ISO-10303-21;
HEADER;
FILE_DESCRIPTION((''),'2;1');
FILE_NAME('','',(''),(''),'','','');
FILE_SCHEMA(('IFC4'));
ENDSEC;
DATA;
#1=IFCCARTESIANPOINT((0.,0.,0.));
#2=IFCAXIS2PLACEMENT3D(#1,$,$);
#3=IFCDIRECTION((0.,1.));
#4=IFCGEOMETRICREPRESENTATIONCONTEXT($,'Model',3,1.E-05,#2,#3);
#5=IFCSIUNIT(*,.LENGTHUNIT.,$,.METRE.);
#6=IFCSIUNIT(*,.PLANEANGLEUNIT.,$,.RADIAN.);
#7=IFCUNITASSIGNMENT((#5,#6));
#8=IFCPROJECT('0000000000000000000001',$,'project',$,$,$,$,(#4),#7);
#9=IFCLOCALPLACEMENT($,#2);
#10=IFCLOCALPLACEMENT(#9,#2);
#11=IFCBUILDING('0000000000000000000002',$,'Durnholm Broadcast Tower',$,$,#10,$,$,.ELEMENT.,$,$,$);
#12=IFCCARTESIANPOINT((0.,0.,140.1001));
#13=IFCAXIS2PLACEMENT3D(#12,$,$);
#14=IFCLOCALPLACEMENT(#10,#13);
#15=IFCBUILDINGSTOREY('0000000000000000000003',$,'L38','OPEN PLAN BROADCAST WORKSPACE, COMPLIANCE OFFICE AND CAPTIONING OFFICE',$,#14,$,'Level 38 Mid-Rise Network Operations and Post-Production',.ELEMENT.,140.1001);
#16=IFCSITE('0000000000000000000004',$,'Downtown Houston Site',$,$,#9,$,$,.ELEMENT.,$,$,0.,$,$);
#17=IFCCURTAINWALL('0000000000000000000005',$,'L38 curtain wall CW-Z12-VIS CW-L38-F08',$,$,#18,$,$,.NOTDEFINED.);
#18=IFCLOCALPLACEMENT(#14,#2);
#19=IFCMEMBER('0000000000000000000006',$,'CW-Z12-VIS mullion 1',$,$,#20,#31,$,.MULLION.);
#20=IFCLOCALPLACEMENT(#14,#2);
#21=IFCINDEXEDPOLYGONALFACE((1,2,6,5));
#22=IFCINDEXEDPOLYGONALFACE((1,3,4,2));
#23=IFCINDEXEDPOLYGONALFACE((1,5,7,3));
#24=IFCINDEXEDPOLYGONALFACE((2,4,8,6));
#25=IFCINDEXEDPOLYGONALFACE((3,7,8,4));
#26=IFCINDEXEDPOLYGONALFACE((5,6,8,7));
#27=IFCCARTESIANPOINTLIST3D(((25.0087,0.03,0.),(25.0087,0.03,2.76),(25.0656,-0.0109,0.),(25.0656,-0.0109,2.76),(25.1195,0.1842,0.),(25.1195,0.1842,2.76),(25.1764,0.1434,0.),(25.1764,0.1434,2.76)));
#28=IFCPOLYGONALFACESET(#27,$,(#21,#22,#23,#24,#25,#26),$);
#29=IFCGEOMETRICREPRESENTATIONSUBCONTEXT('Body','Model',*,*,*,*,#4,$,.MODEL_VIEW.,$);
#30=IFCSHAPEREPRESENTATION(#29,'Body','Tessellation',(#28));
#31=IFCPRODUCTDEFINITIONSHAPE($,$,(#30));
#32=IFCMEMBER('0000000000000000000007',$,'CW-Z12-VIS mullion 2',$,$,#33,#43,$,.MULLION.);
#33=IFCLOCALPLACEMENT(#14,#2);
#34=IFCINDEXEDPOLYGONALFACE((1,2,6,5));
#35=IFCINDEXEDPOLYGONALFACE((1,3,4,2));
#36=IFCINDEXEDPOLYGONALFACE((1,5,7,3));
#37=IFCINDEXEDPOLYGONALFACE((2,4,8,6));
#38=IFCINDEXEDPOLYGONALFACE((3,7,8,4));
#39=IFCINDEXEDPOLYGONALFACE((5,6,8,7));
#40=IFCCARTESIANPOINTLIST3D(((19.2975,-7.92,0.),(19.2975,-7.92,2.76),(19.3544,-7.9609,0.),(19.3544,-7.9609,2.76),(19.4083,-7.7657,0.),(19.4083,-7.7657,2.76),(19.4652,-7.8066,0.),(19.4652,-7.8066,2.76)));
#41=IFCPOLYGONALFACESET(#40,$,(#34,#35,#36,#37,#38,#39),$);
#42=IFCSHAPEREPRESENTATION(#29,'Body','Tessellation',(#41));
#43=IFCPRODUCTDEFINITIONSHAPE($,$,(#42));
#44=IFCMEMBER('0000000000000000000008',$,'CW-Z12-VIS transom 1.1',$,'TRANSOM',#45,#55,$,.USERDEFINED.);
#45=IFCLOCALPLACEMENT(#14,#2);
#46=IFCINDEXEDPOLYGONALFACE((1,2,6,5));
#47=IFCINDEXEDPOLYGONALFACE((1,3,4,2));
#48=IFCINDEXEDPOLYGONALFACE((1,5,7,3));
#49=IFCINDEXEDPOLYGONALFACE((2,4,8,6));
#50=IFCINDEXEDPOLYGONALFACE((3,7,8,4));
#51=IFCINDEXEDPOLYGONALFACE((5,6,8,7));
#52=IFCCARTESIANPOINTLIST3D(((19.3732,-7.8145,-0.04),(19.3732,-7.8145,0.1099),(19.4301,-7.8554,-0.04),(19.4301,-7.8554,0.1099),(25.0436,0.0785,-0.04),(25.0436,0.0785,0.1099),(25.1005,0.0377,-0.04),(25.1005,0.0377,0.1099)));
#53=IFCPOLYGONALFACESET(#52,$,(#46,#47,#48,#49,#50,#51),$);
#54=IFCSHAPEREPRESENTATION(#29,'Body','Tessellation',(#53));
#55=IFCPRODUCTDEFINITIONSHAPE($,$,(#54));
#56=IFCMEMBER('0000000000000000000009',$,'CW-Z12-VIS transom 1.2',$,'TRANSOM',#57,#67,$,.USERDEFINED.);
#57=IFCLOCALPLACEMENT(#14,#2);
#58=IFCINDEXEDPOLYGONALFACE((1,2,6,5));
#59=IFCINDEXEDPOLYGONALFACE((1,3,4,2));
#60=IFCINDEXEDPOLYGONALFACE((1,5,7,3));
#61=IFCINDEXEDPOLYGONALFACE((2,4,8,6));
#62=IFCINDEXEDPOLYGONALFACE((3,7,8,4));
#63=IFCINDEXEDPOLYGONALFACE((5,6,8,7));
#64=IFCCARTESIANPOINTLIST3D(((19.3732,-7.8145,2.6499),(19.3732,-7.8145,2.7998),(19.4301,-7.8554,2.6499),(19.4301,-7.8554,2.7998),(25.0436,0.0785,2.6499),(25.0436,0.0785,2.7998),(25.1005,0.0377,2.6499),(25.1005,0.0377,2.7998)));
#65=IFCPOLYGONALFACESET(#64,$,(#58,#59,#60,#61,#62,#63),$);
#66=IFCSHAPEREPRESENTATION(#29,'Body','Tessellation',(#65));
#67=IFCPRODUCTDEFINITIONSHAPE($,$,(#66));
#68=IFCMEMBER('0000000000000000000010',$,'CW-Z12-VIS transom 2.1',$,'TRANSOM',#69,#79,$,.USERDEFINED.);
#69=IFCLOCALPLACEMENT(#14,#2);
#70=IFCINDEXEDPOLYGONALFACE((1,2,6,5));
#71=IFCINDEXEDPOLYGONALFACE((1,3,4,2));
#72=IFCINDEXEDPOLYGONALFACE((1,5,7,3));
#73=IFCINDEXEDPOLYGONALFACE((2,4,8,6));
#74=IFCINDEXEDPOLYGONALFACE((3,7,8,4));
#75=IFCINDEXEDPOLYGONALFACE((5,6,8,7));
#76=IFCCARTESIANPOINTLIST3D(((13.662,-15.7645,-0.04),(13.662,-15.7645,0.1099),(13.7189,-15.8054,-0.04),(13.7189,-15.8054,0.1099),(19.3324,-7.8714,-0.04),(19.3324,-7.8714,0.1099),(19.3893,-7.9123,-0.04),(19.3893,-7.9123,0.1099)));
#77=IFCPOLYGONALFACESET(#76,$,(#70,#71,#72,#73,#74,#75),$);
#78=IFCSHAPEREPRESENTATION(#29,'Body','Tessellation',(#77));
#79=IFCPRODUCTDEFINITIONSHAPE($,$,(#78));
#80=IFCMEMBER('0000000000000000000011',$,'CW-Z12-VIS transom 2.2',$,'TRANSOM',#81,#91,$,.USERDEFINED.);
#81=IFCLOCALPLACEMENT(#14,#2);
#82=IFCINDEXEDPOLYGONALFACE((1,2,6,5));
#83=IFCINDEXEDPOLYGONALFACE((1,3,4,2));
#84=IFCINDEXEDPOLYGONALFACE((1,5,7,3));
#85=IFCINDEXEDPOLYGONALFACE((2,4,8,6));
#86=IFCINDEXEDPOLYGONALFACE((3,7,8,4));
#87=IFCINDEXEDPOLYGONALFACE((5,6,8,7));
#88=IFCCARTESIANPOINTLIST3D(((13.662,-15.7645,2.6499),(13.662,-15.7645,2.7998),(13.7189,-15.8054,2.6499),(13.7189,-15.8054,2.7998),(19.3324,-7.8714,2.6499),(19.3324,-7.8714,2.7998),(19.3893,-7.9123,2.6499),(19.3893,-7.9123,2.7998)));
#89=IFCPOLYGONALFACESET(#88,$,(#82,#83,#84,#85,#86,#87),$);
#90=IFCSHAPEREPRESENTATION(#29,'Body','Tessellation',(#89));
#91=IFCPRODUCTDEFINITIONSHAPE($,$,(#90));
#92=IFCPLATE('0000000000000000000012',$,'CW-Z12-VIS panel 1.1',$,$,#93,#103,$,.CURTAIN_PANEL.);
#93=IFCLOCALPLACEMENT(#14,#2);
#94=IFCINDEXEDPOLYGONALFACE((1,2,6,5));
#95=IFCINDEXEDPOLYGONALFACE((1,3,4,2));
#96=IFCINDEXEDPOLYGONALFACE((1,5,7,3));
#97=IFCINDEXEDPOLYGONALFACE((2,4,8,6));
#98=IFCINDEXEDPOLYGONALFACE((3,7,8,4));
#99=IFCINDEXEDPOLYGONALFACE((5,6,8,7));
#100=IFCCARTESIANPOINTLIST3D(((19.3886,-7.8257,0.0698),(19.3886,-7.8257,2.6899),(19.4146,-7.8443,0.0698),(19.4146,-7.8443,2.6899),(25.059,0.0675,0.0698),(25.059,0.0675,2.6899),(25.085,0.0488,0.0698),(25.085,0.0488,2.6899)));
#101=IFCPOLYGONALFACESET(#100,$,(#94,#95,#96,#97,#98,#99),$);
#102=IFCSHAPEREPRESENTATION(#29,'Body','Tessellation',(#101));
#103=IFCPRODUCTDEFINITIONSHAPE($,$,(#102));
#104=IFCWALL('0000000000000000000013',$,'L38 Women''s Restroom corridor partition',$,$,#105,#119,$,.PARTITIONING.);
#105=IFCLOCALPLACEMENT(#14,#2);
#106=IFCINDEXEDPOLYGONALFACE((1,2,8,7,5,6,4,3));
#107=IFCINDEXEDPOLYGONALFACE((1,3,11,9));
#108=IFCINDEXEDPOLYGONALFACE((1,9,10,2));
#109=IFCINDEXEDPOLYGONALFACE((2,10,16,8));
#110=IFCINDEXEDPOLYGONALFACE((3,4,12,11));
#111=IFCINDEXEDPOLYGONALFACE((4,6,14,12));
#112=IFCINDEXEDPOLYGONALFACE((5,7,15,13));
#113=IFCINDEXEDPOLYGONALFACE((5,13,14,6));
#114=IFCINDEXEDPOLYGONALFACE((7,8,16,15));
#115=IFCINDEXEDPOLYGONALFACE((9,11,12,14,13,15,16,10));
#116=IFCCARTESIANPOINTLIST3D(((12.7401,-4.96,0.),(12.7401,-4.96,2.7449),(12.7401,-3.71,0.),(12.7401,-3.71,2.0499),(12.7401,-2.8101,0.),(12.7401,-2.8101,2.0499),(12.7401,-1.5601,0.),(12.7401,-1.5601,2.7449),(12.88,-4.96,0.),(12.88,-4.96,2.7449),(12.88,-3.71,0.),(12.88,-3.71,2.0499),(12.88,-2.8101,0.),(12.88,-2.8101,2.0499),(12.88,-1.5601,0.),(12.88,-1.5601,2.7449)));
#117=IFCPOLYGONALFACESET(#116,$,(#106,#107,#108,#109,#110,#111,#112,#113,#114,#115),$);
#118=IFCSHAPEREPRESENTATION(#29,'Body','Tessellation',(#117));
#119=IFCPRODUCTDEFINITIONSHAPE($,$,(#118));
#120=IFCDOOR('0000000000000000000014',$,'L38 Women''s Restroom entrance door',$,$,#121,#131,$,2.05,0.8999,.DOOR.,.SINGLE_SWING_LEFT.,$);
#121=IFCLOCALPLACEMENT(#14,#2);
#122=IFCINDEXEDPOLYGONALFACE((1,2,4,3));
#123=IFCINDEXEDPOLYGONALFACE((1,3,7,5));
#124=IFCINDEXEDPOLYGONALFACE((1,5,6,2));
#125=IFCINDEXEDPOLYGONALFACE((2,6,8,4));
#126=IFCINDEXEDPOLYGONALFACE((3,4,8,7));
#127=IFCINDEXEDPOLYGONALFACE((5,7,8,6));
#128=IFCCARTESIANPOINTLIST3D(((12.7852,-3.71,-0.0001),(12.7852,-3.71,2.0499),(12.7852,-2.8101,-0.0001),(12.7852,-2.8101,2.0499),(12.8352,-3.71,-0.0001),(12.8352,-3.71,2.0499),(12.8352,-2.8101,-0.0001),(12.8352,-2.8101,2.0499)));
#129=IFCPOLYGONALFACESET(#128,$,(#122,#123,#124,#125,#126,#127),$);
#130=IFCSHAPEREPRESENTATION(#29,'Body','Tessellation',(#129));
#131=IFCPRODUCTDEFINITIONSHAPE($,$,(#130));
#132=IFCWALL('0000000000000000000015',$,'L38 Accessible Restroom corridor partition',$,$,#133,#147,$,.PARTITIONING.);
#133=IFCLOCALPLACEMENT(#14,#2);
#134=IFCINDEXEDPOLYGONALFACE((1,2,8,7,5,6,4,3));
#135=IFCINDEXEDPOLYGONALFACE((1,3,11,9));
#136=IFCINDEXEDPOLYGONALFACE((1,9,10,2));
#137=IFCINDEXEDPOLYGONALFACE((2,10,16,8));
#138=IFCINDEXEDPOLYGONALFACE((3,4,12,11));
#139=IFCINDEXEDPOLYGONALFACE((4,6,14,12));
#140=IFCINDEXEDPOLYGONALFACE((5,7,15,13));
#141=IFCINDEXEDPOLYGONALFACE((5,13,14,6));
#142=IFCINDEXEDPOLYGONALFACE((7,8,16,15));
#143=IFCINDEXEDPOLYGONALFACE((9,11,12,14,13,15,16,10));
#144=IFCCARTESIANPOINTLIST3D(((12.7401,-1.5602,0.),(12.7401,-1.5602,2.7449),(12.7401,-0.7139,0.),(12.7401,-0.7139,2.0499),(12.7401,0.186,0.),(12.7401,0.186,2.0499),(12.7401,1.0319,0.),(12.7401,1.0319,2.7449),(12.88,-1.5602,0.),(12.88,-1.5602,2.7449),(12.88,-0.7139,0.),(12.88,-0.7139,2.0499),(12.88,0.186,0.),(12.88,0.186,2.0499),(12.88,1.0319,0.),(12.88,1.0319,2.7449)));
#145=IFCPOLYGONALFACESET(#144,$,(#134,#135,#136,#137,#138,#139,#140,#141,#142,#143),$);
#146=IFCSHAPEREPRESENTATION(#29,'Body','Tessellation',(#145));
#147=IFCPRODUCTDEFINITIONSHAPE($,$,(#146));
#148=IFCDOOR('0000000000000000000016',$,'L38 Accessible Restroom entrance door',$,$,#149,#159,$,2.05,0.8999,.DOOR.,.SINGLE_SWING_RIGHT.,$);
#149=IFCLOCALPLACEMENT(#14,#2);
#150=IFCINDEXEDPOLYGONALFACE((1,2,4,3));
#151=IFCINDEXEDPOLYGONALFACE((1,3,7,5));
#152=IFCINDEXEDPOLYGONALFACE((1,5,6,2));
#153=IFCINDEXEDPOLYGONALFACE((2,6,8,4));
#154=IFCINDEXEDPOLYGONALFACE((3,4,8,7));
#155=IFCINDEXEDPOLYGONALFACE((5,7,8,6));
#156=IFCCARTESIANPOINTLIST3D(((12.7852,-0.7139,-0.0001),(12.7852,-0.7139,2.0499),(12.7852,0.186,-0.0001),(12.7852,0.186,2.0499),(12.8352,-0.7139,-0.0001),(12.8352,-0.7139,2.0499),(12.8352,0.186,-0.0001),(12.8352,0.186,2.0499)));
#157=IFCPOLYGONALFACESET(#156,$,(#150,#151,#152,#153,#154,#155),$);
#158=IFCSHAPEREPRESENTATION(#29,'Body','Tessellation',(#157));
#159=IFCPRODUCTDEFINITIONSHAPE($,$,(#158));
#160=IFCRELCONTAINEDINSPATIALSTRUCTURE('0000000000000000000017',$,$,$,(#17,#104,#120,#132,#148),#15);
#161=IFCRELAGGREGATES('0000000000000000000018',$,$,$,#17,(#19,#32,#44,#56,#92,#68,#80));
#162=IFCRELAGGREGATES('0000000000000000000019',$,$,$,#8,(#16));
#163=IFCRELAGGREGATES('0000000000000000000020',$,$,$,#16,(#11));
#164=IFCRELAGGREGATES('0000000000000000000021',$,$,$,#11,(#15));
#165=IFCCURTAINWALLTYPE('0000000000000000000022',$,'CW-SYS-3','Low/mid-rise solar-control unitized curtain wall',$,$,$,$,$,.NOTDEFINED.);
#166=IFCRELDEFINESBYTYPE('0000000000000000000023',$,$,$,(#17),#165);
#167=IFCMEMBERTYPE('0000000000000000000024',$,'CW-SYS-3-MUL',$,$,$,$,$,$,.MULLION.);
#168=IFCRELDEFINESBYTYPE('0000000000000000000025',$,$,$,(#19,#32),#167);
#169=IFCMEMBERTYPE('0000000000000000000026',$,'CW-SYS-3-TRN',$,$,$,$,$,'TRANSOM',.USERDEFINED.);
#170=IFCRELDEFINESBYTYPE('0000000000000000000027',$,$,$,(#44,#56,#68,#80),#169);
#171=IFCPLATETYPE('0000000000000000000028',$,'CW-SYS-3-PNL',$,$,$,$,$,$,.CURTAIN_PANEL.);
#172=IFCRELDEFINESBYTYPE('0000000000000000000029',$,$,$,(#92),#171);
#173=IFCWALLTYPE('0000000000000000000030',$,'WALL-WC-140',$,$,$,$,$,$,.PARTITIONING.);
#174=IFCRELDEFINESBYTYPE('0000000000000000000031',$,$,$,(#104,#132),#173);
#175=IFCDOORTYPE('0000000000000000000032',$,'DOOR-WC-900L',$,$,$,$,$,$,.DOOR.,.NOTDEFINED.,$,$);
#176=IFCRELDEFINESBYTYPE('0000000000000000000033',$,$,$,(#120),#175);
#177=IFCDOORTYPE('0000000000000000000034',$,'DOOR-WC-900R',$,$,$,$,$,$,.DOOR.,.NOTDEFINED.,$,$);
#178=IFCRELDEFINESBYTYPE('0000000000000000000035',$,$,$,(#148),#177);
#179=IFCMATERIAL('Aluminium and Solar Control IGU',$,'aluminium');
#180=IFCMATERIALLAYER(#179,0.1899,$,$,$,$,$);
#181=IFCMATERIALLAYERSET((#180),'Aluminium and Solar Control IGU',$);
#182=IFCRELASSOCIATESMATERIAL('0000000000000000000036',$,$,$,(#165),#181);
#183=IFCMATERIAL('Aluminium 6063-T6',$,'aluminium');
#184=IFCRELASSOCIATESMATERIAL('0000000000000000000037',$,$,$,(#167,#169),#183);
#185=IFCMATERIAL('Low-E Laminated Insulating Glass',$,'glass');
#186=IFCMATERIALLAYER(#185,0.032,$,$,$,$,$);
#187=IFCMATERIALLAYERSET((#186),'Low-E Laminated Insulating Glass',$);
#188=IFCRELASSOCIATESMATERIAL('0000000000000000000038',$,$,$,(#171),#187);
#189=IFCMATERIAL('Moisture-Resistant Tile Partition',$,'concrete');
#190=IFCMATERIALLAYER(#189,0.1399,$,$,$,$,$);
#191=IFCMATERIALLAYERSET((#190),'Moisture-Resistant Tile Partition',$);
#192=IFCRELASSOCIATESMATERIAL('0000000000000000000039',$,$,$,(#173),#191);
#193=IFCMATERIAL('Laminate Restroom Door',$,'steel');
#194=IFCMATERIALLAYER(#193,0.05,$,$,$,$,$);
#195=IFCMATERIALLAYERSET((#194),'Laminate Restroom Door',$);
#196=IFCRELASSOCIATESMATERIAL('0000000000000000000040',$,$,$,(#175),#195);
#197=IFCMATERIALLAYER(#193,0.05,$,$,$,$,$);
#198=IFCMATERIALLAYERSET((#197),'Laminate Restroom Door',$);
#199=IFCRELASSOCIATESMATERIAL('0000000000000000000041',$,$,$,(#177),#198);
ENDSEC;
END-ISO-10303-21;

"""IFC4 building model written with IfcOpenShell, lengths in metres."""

from ifc_helpers import new_model, si_unit, direction, frame, frame_2d, origin, origin_2d, place, context, subcontext, project, spatial, rectangle, extrude, source, transform, mapped, material, layer, layer_set, material_profile, profile_set, type_object, type_shapes, element, fill, aggregate, save


model = new_model("IFC4")

# Units and contexts
model_context = context("Model", 3, precision=1e-05, world=origin(), true_north=direction((0.0, 1.0)))
body_context = subcontext(model_context, "Body", "Model", "MODEL_VIEW")
ifc_project = project(units=[si_unit("LENGTHUNIT", "METRE"), si_unit("PLANEANGLEUNIT", "RADIAN")], contexts=[model_context])

# Site, building, storey
site_placement = place(None, origin())
site = spatial("IfcSite", under=ifc_project, at=site_placement, Name="Downtown Houston Site", CompositionType="ELEMENT", RefElevation=0.0)
building_placement = place(site_placement, origin())
building = spatial("IfcBuilding", under=site, at=building_placement, Name="Durnholm Broadcast Tower", CompositionType="ELEMENT")
storey_placement = place(building_placement, frame((0.0, 0.0, 140.1001)))
storey = spatial("IfcBuildingStorey", under=building, at=storey_placement, Name="L38", Description="OPEN PLAN BROADCAST WORKSPACE, COMPLIANCE OFFICE AND CAPTIONING OFFICE", LongName="Level 38 Mid-Rise Network Operations and Post-Production", CompositionType="ELEMENT", Elevation=140.1001)

# Shared definitions
ifc_material_1 = material(Name="Aluminium and Solar Control IGU", Category="aluminium")
ifc_material_2 = material(Name="Aluminium 6063-T6", Category="aluminium")

# Curtain wall, members, plate
ifc_layer_1 = layer(ifc_material_1, 0.1899)
ifc_layer_set_1 = layer_set([ifc_layer_1], Name="Aluminium and Solar Control IGU")
curtain_wall_type_1 = type_object("IfcCurtainWallType", Name="CW-SYS-3", Description="Low/mid-rise solar-control unitized curtain wall", PredefinedType="NOTDEFINED", material=ifc_layer_set_1)
curtain_wall_1_placement = place(storey_placement, origin())
curtain_wall_1 = element("IfcCurtainWall", 1, at=curtain_wall_1_placement, inside=storey, type_object=curtain_wall_type_1, Name="L38 curtain wall CW-Z12-VIS CW-L38-F08", PredefinedType="NOTDEFINED")
ifc_material_profile_1 = material_profile(ifc_material_2, rectangle(XDim=0.0701, YDim=0.1899, at=origin_2d()), Name="CWM70X190")
ifc_profile_set_1 = profile_set([ifc_material_profile_1], Name="Aluminium 6063-T6")
member_type_1 = type_object("IfcMemberType", Name="CW-SYS-3-MUL", PredefinedType="MULLION", material=ifc_profile_set_1)
shared_shape_1 = source(origin(), body_context, "Body", "SweptSolid", [
    extrude(rectangle(XDim=0.0701, YDim=0.1899, at=origin_2d()), origin(), (0.0, 0.0, 1.0), 2.76),
])
type_shapes(member_type_1, [shared_shape_1])
member_1_placement = place(storey_placement, frame((25.0925, 0.0867, 0.0), z_axis=(0.0, 0.0, 1.0), x_axis=(0.812152, -0.583445, 0.0)))
member_1 = element("IfcMember", 2, at=member_1_placement, type_object=member_type_1, Name="CW-Z12-VIS mullion 1", PredefinedType="MULLION", context=body_context, shape_type="MappedRepresentation", body=[
    mapped(shared_shape_1, transform((0.0, 0.0, 0.0), x_axis=(1.0, 0.0, 0.0), y_axis=(0.0, 1.0, 0.0), z_axis=(0.0, 0.0, 1.0), scale=1.0)),
])
member_2_placement = place(storey_placement, frame((19.3813, -7.8633, 0.0), z_axis=(0.0, 0.0, 1.0), x_axis=(0.812152, -0.583445, 0.0)))
member_2 = element("IfcMember", 3, at=member_2_placement, type_object=member_type_1, Name="CW-Z12-VIS mullion 2", PredefinedType="MULLION", context=body_context, shape_type="MappedRepresentation", body=[
    mapped(shared_shape_1, transform((0.0, 0.0, 0.0), x_axis=(1.0, 0.0, 0.0), y_axis=(0.0, 1.0, 0.0), z_axis=(0.0, 0.0, 1.0), scale=1.0)),
])
ifc_material_profile_2 = material_profile(ifc_material_2, rectangle(XDim=0.0701, YDim=0.1499, at=origin_2d()), Name="CWT70X150")
ifc_profile_set_2 = profile_set([ifc_material_profile_2], Name="Aluminium 6063-T6")
member_type_2 = type_object("IfcMemberType", Name="CW-SYS-3-TRN", ElementType="TRANSOM", PredefinedType="USERDEFINED", material=ifc_profile_set_2)
shared_shape_2 = source(origin(), body_context, "Body", "SweptSolid", [
    extrude(rectangle(XDim=0.0701, YDim=0.1499, at=origin_2d()), origin(), (0.0, 0.0, 1.0), 9.7188),
])
type_shapes(member_type_2, [shared_shape_2])
member_3_placement = place(storey_placement, frame((25.072, 0.0581, 0.0349), z_axis=(-0.583451, -0.812149, 0.0), x_axis=(0.812149, -0.583451, 0.0)))
member_3 = element("IfcMember", 4, at=member_3_placement, type_object=member_type_2, Name="CW-Z12-VIS transom 1.1", ObjectType="TRANSOM", PredefinedType="USERDEFINED", context=body_context, shape_type="MappedRepresentation", body=[
    mapped(shared_shape_2, transform((0.0, 0.0, 0.0), x_axis=(1.0, 0.0, 0.0), y_axis=(0.0, 1.0, 0.0), z_axis=(0.0, 0.0, 1.0), scale=1.0)),
])
member_4_placement = place(storey_placement, frame((25.072, 0.0581, 2.7249), z_axis=(-0.583451, -0.812149, 0.0), x_axis=(0.812149, -0.583451, 0.0)))
member_4 = element("IfcMember", 5, at=member_4_placement, type_object=member_type_2, Name="CW-Z12-VIS transom 1.2", ObjectType="TRANSOM", PredefinedType="USERDEFINED", context=body_context, shape_type="MappedRepresentation", body=[
    mapped(shared_shape_2, transform((0.0, 0.0, 0.0), x_axis=(1.0, 0.0, 0.0), y_axis=(0.0, 1.0, 0.0), z_axis=(0.0, 0.0, 1.0), scale=1.0)),
])
member_5_placement = place(storey_placement, frame((19.3608, -7.8918, 0.0349), z_axis=(-0.583451, -0.812149, 0.0), x_axis=(0.812149, -0.583451, 0.0)))
member_5 = element("IfcMember", 6, at=member_5_placement, type_object=member_type_2, Name="CW-Z12-VIS transom 2.1", ObjectType="TRANSOM", PredefinedType="USERDEFINED", context=body_context, shape_type="MappedRepresentation", body=[
    mapped(shared_shape_2, transform((0.0, 0.0, 0.0), x_axis=(1.0, 0.0, 0.0), y_axis=(0.0, 1.0, 0.0), z_axis=(0.0, 0.0, 1.0), scale=1.0)),
])
member_6_placement = place(storey_placement, frame((19.3608, -7.8918, 2.7249), z_axis=(-0.583451, -0.812149, 0.0), x_axis=(0.812149, -0.583451, 0.0)))
member_6 = element("IfcMember", 7, at=member_6_placement, type_object=member_type_2, Name="CW-Z12-VIS transom 2.2", ObjectType="TRANSOM", PredefinedType="USERDEFINED", context=body_context, shape_type="MappedRepresentation", body=[
    mapped(shared_shape_2, transform((0.0, 0.0, 0.0), x_axis=(1.0, 0.0, 0.0), y_axis=(0.0, 1.0, 0.0), z_axis=(0.0, 0.0, 1.0), scale=1.0)),
])
ifc_material_3 = material(Name="Low-E Laminated Insulating Glass", Category="glass")
ifc_layer_2 = layer(ifc_material_3, 0.032)
ifc_layer_set_2 = layer_set([ifc_layer_2], Name="Low-E Laminated Insulating Glass")
plate_type = type_object("IfcPlateType", Name="CW-SYS-3-PNL", PredefinedType="CURTAIN_PANEL", material=ifc_layer_set_2)
shared_shape_3 = source(origin(), body_context, "Body", "SweptSolid", [
    extrude(rectangle(XDim=9.7188, YDim=0.032, at=origin_2d()), origin(), (0.0, 0.0, 1.0), 2.6201),
])
type_shapes(plate_type, [shared_shape_3])
plate_placement = place(storey_placement, frame((22.2368, -3.8884, 0.0698), z_axis=(0.0, 0.0, 1.0), x_axis=(-0.583445, -0.812152, 0.0)))
plate = element("IfcPlate", 8, at=plate_placement, type_object=plate_type, Name="CW-Z12-VIS panel 1.1", PredefinedType="CURTAIN_PANEL", context=body_context, shape_type="MappedRepresentation", body=[
    mapped(shared_shape_3, transform((0.0, 0.0, 0.0), x_axis=(1.0, 0.0, 0.0), y_axis=(0.0, 1.0, 0.0), z_axis=(0.0, 0.0, 1.0), scale=1.0)),
])
aggregate(curtain_wall_1, [member_1, member_2, member_3, member_4, plate, member_5, member_6])

# Walls, openings, doors
ifc_material_4 = material(Name="Moisture-Resistant Tile Partition", Category="concrete")
ifc_layer_3 = layer(ifc_material_4, 0.1399)
ifc_layer_set_3 = layer_set([ifc_layer_3], Name="Moisture-Resistant Tile Partition")
wall_type = type_object("IfcWallType", Name="WALL-WC-140", PredefinedType="PARTITIONING", material=ifc_layer_set_3)
wall_1_placement = place(storey_placement, frame((12.8101, -4.96, 0.0), z_axis=(0.0, 0.0, 1.0), x_axis=(0.0, 1.0, 0.0)))
wall_1 = element("IfcWall", 9, at=wall_1_placement, inside=storey, type_object=wall_type, Name="L38 Women's Restroom corridor partition", PredefinedType="PARTITIONING", context=body_context, shape_type="SweptSolid", body=[
    extrude(rectangle(XDim=3.3999, YDim=0.1399, at=frame_2d((1.7, 0.0))), origin(), (0.0, 0.0, 1.0), 2.7449),
])
opening_1_placement = place(wall_1_placement, frame((1.25, 0.0, 0.0)))
opening_1 = element("IfcOpeningElement", 10, at=opening_1_placement, cuts=wall_1, PredefinedType="OPENING", context=body_context, shape_type="SweptSolid", body=[
    extrude(rectangle(XDim=0.8999, YDim=2.05, at=frame_2d((0.45, 1.0249))), frame((0.0, 0.0801, 0.0), z_axis=(0.0, -1.0, 0.0), x_axis=(1.0, 0.0, 0.0)), (0.0, 0.0, 1.0), 0.1599),
])
ifc_material_5 = material(Name="Laminate Restroom Door", Category="steel")
ifc_layer_4 = layer(ifc_material_5, 0.05)
ifc_layer_set_4 = layer_set([ifc_layer_4], Name="Laminate Restroom Door")
door_type_1 = type_object("IfcDoorType", Name="DOOR-WC-900L", OperationType="NOTDEFINED", PredefinedType="DOOR", material=ifc_layer_set_4)
shared_shape_4 = source(origin(), body_context, "Body", "SweptSolid", [
    extrude(rectangle(XDim=0.8999, YDim=2.05, at=frame_2d((0.45, 1.0249))), frame((0.0, 0.0249, 0.0), z_axis=(0.0, -1.0, 0.0), x_axis=(1.0, 0.0, 0.0)), (0.0, 0.0, 1.0), 0.05),
])
type_shapes(door_type_1, [shared_shape_4])
door_1_placement = place(opening_1_placement, origin())
door_1 = element("IfcDoor", 11, at=door_1_placement, inside=storey, type_object=door_type_1, Name="L38 Women's Restroom entrance door", OperationType="SINGLE_SWING_LEFT", OverallHeight=2.05, OverallWidth=0.8999, PredefinedType="DOOR", context=body_context, shape_type="MappedRepresentation", body=[
    mapped(shared_shape_4, transform((0.0, 0.0, 0.0), x_axis=(1.0, 0.0, 0.0), y_axis=(0.0, 1.0, 0.0), z_axis=(0.0, 0.0, 1.0), scale=1.0)),
])
fill(opening_1, door_1)
wall_2_placement = place(storey_placement, frame((12.8101, -1.5601, 0.0), z_axis=(0.0, 0.0, 1.0), x_axis=(0.0, 1.0, 0.0)))
wall_2 = element("IfcWall", 12, at=wall_2_placement, inside=storey, type_object=wall_type, Name="L38 Accessible Restroom corridor partition", PredefinedType="PARTITIONING", context=body_context, shape_type="SweptSolid", body=[
    extrude(rectangle(XDim=2.592, YDim=0.1399, at=frame_2d((1.2959, 0.0))), origin(), (0.0, 0.0, 1.0), 2.7449),
])
opening_2_placement = place(wall_2_placement, frame((0.8462, 0.0, 0.0)))
opening_2 = element("IfcOpeningElement", 13, at=opening_2_placement, cuts=wall_2, PredefinedType="OPENING", context=body_context, shape_type="SweptSolid", body=[
    extrude(rectangle(XDim=0.8999, YDim=2.05, at=frame_2d((0.45, 1.0249))), frame((0.0, 0.0801, 0.0), z_axis=(0.0, -1.0, 0.0), x_axis=(1.0, 0.0, 0.0)), (0.0, 0.0, 1.0), 0.1599),
])
ifc_layer_5 = layer(ifc_material_5, 0.05)
ifc_layer_set_5 = layer_set([ifc_layer_5], Name="Laminate Restroom Door")
door_type_2 = type_object("IfcDoorType", Name="DOOR-WC-900R", OperationType="NOTDEFINED", PredefinedType="DOOR", material=ifc_layer_set_5)
shared_shape_5 = source(origin(), body_context, "Body", "SweptSolid", [
    extrude(rectangle(XDim=0.8999, YDim=2.05, at=frame_2d((0.45, 1.0249))), frame((0.0, 0.0249, 0.0), z_axis=(0.0, -1.0, 0.0), x_axis=(1.0, 0.0, 0.0)), (0.0, 0.0, 1.0), 0.05),
])
type_shapes(door_type_2, [shared_shape_5])
door_2_placement = place(opening_2_placement, origin())
door_2 = element("IfcDoor", 14, at=door_2_placement, inside=storey, type_object=door_type_2, Name="L38 Accessible Restroom entrance door", OperationType="SINGLE_SWING_RIGHT", OverallHeight=2.05, OverallWidth=0.8999, PredefinedType="DOOR", context=body_context, shape_type="MappedRepresentation", body=[
    mapped(shared_shape_5, transform((0.0, 0.0, 0.0), x_axis=(1.0, 0.0, 0.0), y_axis=(0.0, 1.0, 0.0), z_axis=(0.0, 0.0, 1.0), scale=1.0)),
])
fill(opening_2, door_2)

save(model, "model.ifc")
